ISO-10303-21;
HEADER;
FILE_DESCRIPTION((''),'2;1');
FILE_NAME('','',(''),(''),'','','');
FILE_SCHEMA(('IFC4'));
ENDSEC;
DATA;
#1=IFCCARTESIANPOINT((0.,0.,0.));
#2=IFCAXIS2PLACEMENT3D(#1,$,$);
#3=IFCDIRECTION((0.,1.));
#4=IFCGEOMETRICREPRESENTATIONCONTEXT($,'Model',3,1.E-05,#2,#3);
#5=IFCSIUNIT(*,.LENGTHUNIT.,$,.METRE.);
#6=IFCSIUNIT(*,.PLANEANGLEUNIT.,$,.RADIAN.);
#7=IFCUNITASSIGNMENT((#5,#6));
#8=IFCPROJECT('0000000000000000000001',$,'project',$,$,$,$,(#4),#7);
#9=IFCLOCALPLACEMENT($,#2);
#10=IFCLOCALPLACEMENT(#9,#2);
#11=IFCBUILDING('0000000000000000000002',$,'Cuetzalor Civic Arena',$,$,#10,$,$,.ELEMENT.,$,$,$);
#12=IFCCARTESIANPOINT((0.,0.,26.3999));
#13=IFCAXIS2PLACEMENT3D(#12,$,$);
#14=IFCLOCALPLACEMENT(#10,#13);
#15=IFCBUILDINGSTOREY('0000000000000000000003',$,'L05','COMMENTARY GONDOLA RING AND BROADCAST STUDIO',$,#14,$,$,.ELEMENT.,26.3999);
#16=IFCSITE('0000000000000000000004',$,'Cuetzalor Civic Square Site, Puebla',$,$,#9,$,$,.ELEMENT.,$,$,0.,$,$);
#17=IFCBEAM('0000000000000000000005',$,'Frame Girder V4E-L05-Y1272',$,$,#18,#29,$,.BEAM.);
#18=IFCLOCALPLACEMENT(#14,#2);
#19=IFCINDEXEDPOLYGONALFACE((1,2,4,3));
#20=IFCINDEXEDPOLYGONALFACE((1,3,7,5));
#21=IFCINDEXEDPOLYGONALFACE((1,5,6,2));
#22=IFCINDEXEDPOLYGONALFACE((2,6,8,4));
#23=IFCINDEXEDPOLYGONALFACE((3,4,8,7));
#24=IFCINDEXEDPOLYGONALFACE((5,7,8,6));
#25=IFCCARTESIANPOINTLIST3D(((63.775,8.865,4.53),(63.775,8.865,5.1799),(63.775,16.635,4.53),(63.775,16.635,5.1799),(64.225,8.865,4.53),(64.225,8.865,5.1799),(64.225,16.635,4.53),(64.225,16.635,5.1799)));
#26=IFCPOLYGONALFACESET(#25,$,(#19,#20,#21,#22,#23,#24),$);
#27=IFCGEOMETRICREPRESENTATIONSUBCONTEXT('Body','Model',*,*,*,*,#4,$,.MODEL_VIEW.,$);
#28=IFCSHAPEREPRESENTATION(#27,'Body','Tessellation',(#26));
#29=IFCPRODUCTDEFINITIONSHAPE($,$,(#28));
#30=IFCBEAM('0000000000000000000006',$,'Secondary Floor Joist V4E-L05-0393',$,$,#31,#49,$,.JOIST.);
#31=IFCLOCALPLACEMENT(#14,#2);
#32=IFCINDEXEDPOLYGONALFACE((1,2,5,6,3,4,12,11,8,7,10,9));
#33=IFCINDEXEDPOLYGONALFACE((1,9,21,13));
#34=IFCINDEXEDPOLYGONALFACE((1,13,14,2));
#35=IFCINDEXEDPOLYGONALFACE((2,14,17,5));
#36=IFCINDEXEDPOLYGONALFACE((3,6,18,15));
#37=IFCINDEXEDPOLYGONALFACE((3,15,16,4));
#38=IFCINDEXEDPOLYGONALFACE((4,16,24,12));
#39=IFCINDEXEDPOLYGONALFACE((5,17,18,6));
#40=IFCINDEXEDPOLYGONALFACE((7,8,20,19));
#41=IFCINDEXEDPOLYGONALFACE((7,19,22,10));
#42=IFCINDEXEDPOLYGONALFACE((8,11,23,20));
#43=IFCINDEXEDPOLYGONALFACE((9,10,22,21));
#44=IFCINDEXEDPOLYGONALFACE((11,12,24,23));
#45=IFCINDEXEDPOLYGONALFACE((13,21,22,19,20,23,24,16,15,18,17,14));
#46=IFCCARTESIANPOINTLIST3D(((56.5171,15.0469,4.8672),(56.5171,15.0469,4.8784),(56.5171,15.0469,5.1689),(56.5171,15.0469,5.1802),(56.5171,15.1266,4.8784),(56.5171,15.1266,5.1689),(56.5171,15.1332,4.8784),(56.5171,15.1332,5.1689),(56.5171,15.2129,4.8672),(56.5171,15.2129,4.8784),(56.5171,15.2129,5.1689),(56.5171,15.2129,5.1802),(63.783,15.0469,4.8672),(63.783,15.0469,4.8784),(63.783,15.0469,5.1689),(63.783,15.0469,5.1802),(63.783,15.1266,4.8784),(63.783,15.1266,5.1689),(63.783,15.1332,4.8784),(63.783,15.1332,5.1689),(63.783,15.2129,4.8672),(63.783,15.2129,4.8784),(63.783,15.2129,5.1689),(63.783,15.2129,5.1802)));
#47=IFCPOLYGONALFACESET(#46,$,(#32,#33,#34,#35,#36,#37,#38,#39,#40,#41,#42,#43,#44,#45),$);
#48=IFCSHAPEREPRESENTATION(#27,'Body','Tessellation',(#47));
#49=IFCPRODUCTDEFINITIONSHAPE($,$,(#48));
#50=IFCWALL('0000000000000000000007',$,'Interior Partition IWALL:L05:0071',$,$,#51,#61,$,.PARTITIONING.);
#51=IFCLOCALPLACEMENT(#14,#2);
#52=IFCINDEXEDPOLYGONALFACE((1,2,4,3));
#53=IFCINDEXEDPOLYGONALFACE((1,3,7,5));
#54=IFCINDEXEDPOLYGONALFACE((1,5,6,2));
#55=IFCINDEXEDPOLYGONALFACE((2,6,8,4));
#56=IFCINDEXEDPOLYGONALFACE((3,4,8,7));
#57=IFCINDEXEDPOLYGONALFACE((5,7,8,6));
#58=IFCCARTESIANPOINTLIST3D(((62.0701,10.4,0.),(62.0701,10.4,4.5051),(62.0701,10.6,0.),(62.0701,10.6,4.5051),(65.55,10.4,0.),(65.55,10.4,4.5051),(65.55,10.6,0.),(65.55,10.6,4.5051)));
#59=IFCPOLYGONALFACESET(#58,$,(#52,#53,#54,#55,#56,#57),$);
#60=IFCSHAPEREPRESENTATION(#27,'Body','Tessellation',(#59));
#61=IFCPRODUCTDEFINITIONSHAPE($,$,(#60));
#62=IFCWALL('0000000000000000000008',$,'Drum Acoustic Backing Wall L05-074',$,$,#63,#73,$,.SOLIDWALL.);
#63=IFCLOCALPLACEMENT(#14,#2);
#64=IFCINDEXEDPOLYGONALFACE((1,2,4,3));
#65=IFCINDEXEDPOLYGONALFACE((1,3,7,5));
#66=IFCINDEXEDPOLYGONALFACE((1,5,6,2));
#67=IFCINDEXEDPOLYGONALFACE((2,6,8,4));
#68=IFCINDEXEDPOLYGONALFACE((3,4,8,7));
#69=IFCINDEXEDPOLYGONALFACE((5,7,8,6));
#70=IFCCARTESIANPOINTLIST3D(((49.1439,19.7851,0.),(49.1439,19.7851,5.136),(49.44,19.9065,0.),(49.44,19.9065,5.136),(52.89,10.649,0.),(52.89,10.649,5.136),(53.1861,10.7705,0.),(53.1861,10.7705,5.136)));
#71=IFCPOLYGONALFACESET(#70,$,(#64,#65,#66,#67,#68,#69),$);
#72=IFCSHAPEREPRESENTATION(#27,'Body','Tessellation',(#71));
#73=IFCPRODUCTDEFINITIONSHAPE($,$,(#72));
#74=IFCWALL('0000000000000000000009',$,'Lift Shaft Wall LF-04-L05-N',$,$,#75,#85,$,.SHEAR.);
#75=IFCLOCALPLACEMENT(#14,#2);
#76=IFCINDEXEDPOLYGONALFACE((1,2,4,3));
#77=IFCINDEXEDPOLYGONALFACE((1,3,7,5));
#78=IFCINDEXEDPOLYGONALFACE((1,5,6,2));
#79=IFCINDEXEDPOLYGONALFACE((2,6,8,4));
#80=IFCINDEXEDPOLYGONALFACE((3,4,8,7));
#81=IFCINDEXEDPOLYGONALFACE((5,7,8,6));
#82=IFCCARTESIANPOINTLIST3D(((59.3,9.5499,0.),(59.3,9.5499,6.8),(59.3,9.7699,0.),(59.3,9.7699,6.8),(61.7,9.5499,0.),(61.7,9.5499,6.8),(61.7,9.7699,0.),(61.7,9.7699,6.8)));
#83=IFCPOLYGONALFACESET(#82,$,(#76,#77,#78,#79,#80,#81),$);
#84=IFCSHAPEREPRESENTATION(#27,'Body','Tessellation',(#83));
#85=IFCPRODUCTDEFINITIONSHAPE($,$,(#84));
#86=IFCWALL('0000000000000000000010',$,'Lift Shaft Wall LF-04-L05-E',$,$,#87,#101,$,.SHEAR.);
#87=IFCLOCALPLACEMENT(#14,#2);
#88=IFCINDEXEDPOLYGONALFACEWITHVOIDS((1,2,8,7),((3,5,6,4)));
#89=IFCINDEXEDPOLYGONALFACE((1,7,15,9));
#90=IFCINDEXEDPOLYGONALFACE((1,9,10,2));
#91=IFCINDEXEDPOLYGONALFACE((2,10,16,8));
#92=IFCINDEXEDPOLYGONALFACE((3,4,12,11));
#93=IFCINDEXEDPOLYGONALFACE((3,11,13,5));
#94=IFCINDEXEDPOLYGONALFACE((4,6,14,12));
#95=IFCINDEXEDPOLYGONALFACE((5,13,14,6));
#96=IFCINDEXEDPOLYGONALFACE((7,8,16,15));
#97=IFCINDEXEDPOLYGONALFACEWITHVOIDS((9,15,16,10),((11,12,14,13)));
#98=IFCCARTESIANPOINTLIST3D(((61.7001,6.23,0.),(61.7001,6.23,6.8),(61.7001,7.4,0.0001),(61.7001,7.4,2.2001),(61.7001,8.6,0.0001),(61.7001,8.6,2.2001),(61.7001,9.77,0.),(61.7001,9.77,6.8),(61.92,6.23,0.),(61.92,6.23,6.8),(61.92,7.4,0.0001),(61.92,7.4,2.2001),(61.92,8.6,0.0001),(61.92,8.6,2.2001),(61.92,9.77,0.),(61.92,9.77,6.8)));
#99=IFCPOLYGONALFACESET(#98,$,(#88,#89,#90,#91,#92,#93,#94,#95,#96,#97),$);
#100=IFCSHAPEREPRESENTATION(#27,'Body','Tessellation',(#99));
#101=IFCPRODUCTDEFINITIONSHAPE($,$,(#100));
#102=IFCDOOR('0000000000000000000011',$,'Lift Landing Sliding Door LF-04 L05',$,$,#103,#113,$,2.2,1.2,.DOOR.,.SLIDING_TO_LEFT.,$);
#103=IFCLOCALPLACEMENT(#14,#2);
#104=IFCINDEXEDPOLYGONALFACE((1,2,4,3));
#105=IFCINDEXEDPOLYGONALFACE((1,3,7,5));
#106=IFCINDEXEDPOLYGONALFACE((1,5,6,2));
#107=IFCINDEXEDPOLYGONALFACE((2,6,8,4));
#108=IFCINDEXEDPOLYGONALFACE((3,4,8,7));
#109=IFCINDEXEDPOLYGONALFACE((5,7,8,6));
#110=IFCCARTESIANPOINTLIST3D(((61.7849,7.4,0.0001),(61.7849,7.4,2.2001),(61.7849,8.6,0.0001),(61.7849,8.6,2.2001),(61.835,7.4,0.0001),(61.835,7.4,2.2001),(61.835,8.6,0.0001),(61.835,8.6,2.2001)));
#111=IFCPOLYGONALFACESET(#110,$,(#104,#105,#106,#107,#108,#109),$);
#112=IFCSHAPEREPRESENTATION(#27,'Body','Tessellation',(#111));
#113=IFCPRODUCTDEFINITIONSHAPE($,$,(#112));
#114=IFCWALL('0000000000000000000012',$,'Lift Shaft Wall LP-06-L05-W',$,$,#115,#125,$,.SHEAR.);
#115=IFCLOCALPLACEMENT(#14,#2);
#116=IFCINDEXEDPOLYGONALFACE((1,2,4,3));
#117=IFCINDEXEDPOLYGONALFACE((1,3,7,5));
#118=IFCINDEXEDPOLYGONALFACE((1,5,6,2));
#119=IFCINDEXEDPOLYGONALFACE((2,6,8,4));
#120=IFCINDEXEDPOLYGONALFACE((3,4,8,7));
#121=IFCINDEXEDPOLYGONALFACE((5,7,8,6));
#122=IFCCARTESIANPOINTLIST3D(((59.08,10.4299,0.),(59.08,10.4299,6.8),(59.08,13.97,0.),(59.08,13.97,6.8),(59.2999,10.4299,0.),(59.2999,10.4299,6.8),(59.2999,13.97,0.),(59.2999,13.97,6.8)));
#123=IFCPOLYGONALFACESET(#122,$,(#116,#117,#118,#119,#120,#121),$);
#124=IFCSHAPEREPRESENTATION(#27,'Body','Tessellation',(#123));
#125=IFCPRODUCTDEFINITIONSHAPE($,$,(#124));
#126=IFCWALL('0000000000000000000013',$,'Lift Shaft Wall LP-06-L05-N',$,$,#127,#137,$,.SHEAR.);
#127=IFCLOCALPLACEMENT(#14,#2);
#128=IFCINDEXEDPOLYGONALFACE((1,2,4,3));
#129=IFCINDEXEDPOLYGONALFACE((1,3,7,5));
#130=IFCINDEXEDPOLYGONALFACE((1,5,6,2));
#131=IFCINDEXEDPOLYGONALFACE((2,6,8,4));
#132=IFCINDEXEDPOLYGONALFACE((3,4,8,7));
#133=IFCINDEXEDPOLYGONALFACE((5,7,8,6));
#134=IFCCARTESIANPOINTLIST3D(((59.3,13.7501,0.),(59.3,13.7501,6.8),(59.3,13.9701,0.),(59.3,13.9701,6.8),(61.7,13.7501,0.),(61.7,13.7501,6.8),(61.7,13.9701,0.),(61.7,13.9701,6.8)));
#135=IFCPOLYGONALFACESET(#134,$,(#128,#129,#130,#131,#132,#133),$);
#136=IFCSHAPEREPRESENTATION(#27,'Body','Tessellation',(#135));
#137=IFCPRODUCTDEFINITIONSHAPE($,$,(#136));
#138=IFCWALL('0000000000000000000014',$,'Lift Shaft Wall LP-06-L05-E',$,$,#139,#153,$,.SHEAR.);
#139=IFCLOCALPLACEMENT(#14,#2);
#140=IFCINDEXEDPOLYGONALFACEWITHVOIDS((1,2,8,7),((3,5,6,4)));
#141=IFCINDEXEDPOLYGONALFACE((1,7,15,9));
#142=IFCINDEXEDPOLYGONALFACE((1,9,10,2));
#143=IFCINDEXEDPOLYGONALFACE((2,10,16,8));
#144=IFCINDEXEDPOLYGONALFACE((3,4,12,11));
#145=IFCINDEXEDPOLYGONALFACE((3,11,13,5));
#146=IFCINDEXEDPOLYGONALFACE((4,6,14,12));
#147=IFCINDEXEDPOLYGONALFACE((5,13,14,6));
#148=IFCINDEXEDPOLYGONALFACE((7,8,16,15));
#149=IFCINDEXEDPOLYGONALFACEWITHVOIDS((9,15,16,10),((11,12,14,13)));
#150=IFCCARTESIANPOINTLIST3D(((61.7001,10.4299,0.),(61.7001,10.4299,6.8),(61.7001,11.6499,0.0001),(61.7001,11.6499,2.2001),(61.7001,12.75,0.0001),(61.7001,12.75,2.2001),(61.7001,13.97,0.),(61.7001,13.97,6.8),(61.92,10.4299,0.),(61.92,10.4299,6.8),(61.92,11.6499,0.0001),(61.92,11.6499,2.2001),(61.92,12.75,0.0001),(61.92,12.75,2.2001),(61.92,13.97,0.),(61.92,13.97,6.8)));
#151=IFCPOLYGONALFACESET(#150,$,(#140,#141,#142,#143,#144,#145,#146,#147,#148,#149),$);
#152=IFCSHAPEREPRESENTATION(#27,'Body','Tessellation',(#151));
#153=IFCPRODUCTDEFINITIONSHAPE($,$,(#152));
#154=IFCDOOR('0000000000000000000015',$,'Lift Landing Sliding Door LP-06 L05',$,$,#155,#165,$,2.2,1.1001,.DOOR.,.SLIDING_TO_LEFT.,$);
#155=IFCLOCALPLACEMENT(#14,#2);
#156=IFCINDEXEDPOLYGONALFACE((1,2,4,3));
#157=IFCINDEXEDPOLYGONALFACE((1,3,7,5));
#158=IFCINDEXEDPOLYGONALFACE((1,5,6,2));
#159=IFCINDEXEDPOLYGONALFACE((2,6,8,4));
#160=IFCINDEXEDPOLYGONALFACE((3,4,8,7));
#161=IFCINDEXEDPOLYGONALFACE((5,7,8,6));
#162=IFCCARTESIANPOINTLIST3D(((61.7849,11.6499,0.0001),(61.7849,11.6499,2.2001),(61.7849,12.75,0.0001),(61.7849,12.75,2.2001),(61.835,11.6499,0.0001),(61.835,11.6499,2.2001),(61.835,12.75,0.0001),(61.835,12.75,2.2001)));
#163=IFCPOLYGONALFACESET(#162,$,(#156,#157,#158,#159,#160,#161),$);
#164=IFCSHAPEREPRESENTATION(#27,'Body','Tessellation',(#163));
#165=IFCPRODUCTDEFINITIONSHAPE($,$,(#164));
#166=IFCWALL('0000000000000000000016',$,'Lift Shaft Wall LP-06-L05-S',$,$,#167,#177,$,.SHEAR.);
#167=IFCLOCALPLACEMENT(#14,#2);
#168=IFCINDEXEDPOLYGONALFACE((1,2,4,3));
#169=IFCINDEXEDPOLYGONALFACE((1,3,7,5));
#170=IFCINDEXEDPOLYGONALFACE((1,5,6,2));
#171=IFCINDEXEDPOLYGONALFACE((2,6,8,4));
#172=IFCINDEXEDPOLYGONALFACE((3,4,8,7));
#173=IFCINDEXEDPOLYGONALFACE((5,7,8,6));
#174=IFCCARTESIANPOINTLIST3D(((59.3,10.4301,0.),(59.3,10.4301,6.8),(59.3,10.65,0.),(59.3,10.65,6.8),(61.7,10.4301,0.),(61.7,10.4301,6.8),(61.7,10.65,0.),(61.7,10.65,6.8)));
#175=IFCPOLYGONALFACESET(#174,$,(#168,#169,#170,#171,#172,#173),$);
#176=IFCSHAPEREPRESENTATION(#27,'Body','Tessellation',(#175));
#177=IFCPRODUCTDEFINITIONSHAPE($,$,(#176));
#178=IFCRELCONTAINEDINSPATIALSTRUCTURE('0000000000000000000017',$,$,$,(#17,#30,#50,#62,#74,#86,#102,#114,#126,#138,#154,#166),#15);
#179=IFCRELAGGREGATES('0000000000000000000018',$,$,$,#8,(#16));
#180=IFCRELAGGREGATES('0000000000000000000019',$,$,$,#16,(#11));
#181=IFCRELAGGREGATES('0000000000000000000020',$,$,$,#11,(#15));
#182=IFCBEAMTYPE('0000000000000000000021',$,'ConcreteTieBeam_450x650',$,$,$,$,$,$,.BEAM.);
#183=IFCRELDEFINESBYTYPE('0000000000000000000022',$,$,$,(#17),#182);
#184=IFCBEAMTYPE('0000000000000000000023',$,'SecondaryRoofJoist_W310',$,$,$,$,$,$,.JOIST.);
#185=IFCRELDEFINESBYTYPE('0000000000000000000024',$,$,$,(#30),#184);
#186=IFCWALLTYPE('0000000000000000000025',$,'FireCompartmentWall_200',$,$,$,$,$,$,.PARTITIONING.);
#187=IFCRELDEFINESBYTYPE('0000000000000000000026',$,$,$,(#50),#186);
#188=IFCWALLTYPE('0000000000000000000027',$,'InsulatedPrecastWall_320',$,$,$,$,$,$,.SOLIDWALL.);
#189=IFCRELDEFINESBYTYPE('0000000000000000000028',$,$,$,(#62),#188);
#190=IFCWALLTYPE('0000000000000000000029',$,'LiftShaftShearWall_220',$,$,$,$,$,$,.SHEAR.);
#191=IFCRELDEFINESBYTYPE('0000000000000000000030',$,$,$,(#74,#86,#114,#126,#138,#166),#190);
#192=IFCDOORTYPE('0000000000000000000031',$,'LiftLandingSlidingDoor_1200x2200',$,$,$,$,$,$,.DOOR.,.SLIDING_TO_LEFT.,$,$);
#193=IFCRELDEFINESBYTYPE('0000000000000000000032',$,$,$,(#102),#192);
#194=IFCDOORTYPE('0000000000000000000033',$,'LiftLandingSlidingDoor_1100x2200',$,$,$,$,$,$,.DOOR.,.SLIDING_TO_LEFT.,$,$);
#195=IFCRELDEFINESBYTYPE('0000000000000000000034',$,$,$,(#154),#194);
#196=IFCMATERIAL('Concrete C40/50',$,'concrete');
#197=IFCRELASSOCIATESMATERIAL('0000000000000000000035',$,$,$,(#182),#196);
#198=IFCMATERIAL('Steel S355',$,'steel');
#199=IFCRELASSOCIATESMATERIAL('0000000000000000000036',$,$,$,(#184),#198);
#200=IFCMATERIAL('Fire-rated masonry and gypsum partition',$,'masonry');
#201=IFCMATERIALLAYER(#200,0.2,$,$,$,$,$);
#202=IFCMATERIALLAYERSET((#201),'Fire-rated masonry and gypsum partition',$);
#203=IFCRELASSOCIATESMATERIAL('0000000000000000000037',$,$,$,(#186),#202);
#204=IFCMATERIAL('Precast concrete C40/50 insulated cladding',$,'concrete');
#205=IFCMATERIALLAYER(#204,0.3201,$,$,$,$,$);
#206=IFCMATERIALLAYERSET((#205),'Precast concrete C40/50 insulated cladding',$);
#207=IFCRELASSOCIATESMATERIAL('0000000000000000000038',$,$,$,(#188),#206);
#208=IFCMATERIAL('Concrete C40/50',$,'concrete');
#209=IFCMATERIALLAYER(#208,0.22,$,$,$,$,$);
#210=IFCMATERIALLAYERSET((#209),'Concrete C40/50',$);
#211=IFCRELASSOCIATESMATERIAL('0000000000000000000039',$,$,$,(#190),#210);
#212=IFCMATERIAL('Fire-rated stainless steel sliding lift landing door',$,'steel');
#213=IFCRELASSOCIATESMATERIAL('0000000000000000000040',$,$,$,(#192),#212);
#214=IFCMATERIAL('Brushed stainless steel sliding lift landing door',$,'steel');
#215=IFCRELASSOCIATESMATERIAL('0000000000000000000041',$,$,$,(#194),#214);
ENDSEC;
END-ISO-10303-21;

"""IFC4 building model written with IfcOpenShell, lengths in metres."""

from ifc_helpers import new_model, si_unit, direction, frame, frame_2d, origin, origin_2d, place, context, subcontext, project, spatial, rectangle, i_section, extrude, material, layer, layer_set, material_profile, profile_set, type_object, element, fill, save


model = new_model("IFC4")

# Units and contexts
model_context = context("Model", 3, precision=1e-05, world=origin(), true_north=direction((0.0, 1.0)))
body_context = subcontext(model_context, "Body", "Model", "MODEL_VIEW")
ifc_project = project(units=[si_unit("LENGTHUNIT", "METRE"), si_unit("PLANEANGLEUNIT", "RADIAN")], contexts=[model_context])

# Site, building, storey
site_placement = place(None, origin())
site = spatial("IfcSite", under=ifc_project, at=site_placement, Name="Cuetzalor Civic Square Site, Puebla", CompositionType="ELEMENT", RefElevation=0.0)
building_placement = place(site_placement, origin())
building = spatial("IfcBuilding", under=site, at=building_placement, Name="Cuetzalor Civic Arena", CompositionType="ELEMENT")
storey_placement = place(building_placement, frame((0.0, 0.0, 26.3999)))
storey = spatial("IfcBuildingStorey", under=building, at=storey_placement, Name="L05", Description="COMMENTARY GONDOLA RING AND BROADCAST STUDIO", CompositionType="ELEMENT", Elevation=26.3999)

# Beams
ifc_material_1 = material(Name="Concrete C40/50", Category="concrete")
ifc_material_profile_1 = material_profile(ifc_material_1, rectangle(XDim=0.45, YDim=0.6499, at=origin_2d()), Name="RC 450x650")
ifc_profile_set_1 = profile_set([ifc_material_profile_1], Name="Concrete C40/50")
beam_type_1 = type_object("IfcBeamType", Name="ConcreteTieBeam_450x650", PredefinedType="BEAM", material=ifc_profile_set_1)
beam_1_placement = place(storey_placement, frame((64.0, 8.865, 4.855), z_axis=(0.0, 1.0, 0.0), x_axis=(-1.0, 0.0, 0.0)))
element("IfcBeam", 1, at=beam_1_placement, inside=storey, type_object=beam_type_1, Name="Frame Girder V4E-L05-Y1272", PredefinedType="BEAM", context=body_context, shape_type="SweptSolid", body=[
    extrude(rectangle(XDim=0.45, YDim=0.6499, at=origin_2d()), origin(), (0.0, 0.0, 1.0), 7.77),
])
ifc_material_2 = material(Name="Steel S355", Category="steel")
ifc_material_profile_2 = material_profile(ifc_material_2, i_section(OverallWidth=0.166, OverallDepth=0.313, WebThickness=0.0066, FlangeThickness=0.0112, at=origin_2d()), Name="W310x45")
ifc_profile_set_2 = profile_set([ifc_material_profile_2], Name="Steel S355")
beam_type_2 = type_object("IfcBeamType", Name="SecondaryRoofJoist_W310", PredefinedType="JOIST", material=ifc_profile_set_2)
beam_2_placement = place(storey_placement, frame((56.5171, 15.1299, 5.0237), z_axis=(1.0, 0.0, 0.0), x_axis=(0.0, 1.0, 0.0)))
element("IfcBeam", 2, at=beam_2_placement, inside=storey, type_object=beam_type_2, Name="Secondary Floor Joist V4E-L05-0393", PredefinedType="JOIST", context=body_context, shape_type="SweptSolid", body=[
    extrude(i_section(OverallWidth=0.166, OverallDepth=0.313, WebThickness=0.0066, FlangeThickness=0.0112, at=origin_2d()), origin(), (0.0, 0.0, 1.0), 7.2659),
])

# Wall
ifc_material_3 = material(Name="Fire-rated masonry and gypsum partition", Category="masonry")
ifc_layer_1 = layer(ifc_material_3, 0.2)
ifc_layer_set_1 = layer_set([ifc_layer_1], Name="Fire-rated masonry and gypsum partition")
wall_type_1 = type_object("IfcWallType", Name="FireCompartmentWall_200", PredefinedType="PARTITIONING", material=ifc_layer_set_1)
wall_1_placement = place(storey_placement, frame((62.0701, 10.5, 0.0), z_axis=(0.0, 0.0, 1.0), x_axis=(1.0, 0.0, 0.0)))
element("IfcWall", 3, at=wall_1_placement, inside=storey, type_object=wall_type_1, Name="Interior Partition IWALL:L05:0071", PredefinedType="PARTITIONING", context=body_context, shape_type="SweptSolid", body=[
    extrude(rectangle(XDim=3.48, YDim=0.2, at=frame_2d((1.74, 0.0))), origin(), (0.0, 0.0, 1.0), 4.5051),
])

# Shared definitions
ifc_material_4 = material(Name="Precast concrete C40/50 insulated cladding", Category="concrete")
ifc_layer_2 = layer(ifc_material_4, 0.3201)
ifc_layer_set_2 = layer_set([ifc_layer_2], Name="Precast concrete C40/50 insulated cladding")
wall_type_2 = type_object("IfcWallType", Name="InsulatedPrecastWall_320", PredefinedType="SOLIDWALL", material=ifc_layer_set_2)

# Walls
wall_2_placement = place(storey_placement, frame((49.292, 19.8457, 0.0), z_axis=(0.0, 0.0, 1.0), x_axis=(0.379383, -0.92524, 0.0)))
element("IfcWall", 4, at=wall_2_placement, inside=storey, type_object=wall_type_2, Name="Drum Acoustic Backing Wall L05-074", PredefinedType="SOLIDWALL", context=body_context, shape_type="SweptSolid", body=[
    extrude(rectangle(XDim=9.8743, YDim=0.3201, at=frame_2d((4.937, 0.0))), origin(), (0.0, 0.0, 1.0), 5.136),
])
ifc_material_5 = material(Name="Concrete C40/50", Category="concrete")
ifc_layer_3 = layer(ifc_material_5, 0.22)
ifc_layer_set_3 = layer_set([ifc_layer_3], Name="Concrete C40/50")
wall_type_3 = type_object("IfcWallType", Name="LiftShaftShearWall_220", PredefinedType="SHEAR", material=ifc_layer_set_3)
wall_3_placement = place(storey_placement, frame((59.3, 9.6599, 0.0), z_axis=(0.0, 0.0, 1.0), x_axis=(1.0, 0.0, 0.0)))
element("IfcWall", 5, at=wall_3_placement, inside=storey, type_object=wall_type_3, Name="Lift Shaft Wall LF-04-L05-N", PredefinedType="SHEAR", context=body_context, shape_type="SweptSolid", body=[
    extrude(rectangle(XDim=2.3999, YDim=0.22, at=frame_2d((1.2, 0.0))), origin(), (0.0, 0.0, 1.0), 6.8),
])

# Wall, opening, door
wall_4_placement = place(storey_placement, frame((61.8101, 9.77, 0.0), z_axis=(0.0, 0.0, 1.0), x_axis=(0.0, -1.0, 0.0)))
wall_4 = element("IfcWall", 6, at=wall_4_placement, inside=storey, type_object=wall_type_3, Name="Lift Shaft Wall LF-04-L05-E", PredefinedType="SHEAR", context=body_context, shape_type="SweptSolid", body=[
    extrude(rectangle(XDim=3.54, YDim=0.22, at=frame_2d((1.77, 0.0))), origin(), (0.0, 0.0, 1.0), 6.8),
])
opening_1_placement = place(wall_4_placement, frame((1.1699, 0.0, 0.0)))
opening_1 = element("IfcOpeningElement", 7, at=opening_1_placement, cuts=wall_4, PredefinedType="OPENING", context=body_context, shape_type="SweptSolid", body=[
    extrude(rectangle(XDim=1.2, YDim=2.2, at=frame_2d((0.6001, 1.1001))), frame((0.0, 0.1201, 0.0), z_axis=(0.0, -1.0, 0.0), x_axis=(1.0, 0.0, 0.0)), (0.0, 0.0, 1.0), 0.24),
])
ifc_material_6 = material(Name="Fire-rated stainless steel sliding lift landing door", Category="steel")
door_type_1 = type_object("IfcDoorType", Name="LiftLandingSlidingDoor_1200x2200", OperationType="SLIDING_TO_LEFT", PredefinedType="DOOR", material=ifc_material_6)
door_1_placement = place(opening_1_placement, origin())
door_1 = element("IfcDoor", 8, at=door_1_placement, inside=storey, type_object=door_type_1, Name="Lift Landing Sliding Door LF-04 L05", OperationType="SLIDING_TO_LEFT", OverallHeight=2.2, OverallWidth=1.2, PredefinedType="DOOR", context=body_context, shape_type="SweptSolid", body=[
    extrude(rectangle(XDim=1.2, YDim=2.2, at=frame_2d((0.6001, 1.1001))), frame((0.0, 0.0249, 0.0), z_axis=(0.0, -1.0, 0.0), x_axis=(1.0, 0.0, 0.0)), (0.0, 0.0, 1.0), 0.05),
])
fill(opening_1, door_1)

# Walls
wall_5_placement = place(storey_placement, frame((59.1899, 10.4299, 0.0), z_axis=(0.0, 0.0, 1.0), x_axis=(0.0, 1.0, 0.0)))
element("IfcWall", 9, at=wall_5_placement, inside=storey, type_object=wall_type_3, Name="Lift Shaft Wall LP-06-L05-W", PredefinedType="SHEAR", context=body_context, shape_type="SweptSolid", body=[
    extrude(rectangle(XDim=3.54, YDim=0.22, at=frame_2d((1.77, 0.0))), origin(), (0.0, 0.0, 1.0), 6.8),
])
wall_6_placement = place(storey_placement, frame((59.3, 13.8601, 0.0), z_axis=(0.0, 0.0, 1.0), x_axis=(1.0, 0.0, 0.0)))
element("IfcWall", 10, at=wall_6_placement, inside=storey, type_object=wall_type_3, Name="Lift Shaft Wall LP-06-L05-N", PredefinedType="SHEAR", context=body_context, shape_type="SweptSolid", body=[
    extrude(rectangle(XDim=2.3999, YDim=0.22, at=frame_2d((1.2, 0.0))), origin(), (0.0, 0.0, 1.0), 6.8),
])

# Wall, opening, door
wall_7_placement = place(storey_placement, frame((61.8101, 13.97, 0.0), z_axis=(0.0, 0.0, 1.0), x_axis=(0.0, -1.0, 0.0)))
wall_7 = element("IfcWall", 11, at=wall_7_placement, inside=storey, type_object=wall_type_3, Name="Lift Shaft Wall LP-06-L05-E", PredefinedType="SHEAR", context=body_context, shape_type="SweptSolid", body=[
    extrude(rectangle(XDim=3.54, YDim=0.22, at=frame_2d((1.77, 0.0))), origin(), (0.0, 0.0, 1.0), 6.8),
])
opening_2_placement = place(wall_7_placement, frame((1.22, 0.0, 0.0)))
opening_2 = element("IfcOpeningElement", 12, at=opening_2_placement, cuts=wall_7, PredefinedType="OPENING", context=body_context, shape_type="SweptSolid", body=[
    extrude(rectangle(XDim=1.1001, YDim=2.2, at=frame_2d((0.55, 1.1001))), frame((0.0, 0.1201, 0.0), z_axis=(0.0, -1.0, 0.0), x_axis=(1.0, 0.0, 0.0)), (0.0, 0.0, 1.0), 0.24),
])
ifc_material_7 = material(Name="Brushed stainless steel sliding lift landing door", Category="steel")
door_type_2 = type_object("IfcDoorType", Name="LiftLandingSlidingDoor_1100x2200", OperationType="SLIDING_TO_LEFT", PredefinedType="DOOR", material=ifc_material_7)
door_2_placement = place(opening_2_placement, origin())
door_2 = element("IfcDoor", 13, at=door_2_placement, inside=storey, type_object=door_type_2, Name="Lift Landing Sliding Door LP-06 L05", OperationType="SLIDING_TO_LEFT", OverallHeight=2.2, OverallWidth=1.1001, PredefinedType="DOOR", context=body_context, shape_type="SweptSolid", body=[
    extrude(rectangle(XDim=1.1001, YDim=2.2, at=frame_2d((0.55, 1.1001))), frame((0.0, 0.0249, 0.0), z_axis=(0.0, -1.0, 0.0), x_axis=(1.0, 0.0, 0.0)), (0.0, 0.0, 1.0), 0.05),
])
fill(opening_2, door_2)

# Wall
wall_8_placement = place(storey_placement, frame((61.7, 10.54, 0.0), z_axis=(0.0, 0.0, 1.0), x_axis=(-1.0, 0.0, 0.0)))
element("IfcWall", 14, at=wall_8_placement, inside=storey, type_object=wall_type_3, Name="Lift Shaft Wall LP-06-L05-S", PredefinedType="SHEAR", context=body_context, shape_type="SweptSolid", body=[
    extrude(rectangle(XDim=2.3999, YDim=0.22, at=frame_2d((1.2, 0.0))), origin(), (0.0, 0.0, 1.0), 6.8),
])

save(model, "model.ifc")
